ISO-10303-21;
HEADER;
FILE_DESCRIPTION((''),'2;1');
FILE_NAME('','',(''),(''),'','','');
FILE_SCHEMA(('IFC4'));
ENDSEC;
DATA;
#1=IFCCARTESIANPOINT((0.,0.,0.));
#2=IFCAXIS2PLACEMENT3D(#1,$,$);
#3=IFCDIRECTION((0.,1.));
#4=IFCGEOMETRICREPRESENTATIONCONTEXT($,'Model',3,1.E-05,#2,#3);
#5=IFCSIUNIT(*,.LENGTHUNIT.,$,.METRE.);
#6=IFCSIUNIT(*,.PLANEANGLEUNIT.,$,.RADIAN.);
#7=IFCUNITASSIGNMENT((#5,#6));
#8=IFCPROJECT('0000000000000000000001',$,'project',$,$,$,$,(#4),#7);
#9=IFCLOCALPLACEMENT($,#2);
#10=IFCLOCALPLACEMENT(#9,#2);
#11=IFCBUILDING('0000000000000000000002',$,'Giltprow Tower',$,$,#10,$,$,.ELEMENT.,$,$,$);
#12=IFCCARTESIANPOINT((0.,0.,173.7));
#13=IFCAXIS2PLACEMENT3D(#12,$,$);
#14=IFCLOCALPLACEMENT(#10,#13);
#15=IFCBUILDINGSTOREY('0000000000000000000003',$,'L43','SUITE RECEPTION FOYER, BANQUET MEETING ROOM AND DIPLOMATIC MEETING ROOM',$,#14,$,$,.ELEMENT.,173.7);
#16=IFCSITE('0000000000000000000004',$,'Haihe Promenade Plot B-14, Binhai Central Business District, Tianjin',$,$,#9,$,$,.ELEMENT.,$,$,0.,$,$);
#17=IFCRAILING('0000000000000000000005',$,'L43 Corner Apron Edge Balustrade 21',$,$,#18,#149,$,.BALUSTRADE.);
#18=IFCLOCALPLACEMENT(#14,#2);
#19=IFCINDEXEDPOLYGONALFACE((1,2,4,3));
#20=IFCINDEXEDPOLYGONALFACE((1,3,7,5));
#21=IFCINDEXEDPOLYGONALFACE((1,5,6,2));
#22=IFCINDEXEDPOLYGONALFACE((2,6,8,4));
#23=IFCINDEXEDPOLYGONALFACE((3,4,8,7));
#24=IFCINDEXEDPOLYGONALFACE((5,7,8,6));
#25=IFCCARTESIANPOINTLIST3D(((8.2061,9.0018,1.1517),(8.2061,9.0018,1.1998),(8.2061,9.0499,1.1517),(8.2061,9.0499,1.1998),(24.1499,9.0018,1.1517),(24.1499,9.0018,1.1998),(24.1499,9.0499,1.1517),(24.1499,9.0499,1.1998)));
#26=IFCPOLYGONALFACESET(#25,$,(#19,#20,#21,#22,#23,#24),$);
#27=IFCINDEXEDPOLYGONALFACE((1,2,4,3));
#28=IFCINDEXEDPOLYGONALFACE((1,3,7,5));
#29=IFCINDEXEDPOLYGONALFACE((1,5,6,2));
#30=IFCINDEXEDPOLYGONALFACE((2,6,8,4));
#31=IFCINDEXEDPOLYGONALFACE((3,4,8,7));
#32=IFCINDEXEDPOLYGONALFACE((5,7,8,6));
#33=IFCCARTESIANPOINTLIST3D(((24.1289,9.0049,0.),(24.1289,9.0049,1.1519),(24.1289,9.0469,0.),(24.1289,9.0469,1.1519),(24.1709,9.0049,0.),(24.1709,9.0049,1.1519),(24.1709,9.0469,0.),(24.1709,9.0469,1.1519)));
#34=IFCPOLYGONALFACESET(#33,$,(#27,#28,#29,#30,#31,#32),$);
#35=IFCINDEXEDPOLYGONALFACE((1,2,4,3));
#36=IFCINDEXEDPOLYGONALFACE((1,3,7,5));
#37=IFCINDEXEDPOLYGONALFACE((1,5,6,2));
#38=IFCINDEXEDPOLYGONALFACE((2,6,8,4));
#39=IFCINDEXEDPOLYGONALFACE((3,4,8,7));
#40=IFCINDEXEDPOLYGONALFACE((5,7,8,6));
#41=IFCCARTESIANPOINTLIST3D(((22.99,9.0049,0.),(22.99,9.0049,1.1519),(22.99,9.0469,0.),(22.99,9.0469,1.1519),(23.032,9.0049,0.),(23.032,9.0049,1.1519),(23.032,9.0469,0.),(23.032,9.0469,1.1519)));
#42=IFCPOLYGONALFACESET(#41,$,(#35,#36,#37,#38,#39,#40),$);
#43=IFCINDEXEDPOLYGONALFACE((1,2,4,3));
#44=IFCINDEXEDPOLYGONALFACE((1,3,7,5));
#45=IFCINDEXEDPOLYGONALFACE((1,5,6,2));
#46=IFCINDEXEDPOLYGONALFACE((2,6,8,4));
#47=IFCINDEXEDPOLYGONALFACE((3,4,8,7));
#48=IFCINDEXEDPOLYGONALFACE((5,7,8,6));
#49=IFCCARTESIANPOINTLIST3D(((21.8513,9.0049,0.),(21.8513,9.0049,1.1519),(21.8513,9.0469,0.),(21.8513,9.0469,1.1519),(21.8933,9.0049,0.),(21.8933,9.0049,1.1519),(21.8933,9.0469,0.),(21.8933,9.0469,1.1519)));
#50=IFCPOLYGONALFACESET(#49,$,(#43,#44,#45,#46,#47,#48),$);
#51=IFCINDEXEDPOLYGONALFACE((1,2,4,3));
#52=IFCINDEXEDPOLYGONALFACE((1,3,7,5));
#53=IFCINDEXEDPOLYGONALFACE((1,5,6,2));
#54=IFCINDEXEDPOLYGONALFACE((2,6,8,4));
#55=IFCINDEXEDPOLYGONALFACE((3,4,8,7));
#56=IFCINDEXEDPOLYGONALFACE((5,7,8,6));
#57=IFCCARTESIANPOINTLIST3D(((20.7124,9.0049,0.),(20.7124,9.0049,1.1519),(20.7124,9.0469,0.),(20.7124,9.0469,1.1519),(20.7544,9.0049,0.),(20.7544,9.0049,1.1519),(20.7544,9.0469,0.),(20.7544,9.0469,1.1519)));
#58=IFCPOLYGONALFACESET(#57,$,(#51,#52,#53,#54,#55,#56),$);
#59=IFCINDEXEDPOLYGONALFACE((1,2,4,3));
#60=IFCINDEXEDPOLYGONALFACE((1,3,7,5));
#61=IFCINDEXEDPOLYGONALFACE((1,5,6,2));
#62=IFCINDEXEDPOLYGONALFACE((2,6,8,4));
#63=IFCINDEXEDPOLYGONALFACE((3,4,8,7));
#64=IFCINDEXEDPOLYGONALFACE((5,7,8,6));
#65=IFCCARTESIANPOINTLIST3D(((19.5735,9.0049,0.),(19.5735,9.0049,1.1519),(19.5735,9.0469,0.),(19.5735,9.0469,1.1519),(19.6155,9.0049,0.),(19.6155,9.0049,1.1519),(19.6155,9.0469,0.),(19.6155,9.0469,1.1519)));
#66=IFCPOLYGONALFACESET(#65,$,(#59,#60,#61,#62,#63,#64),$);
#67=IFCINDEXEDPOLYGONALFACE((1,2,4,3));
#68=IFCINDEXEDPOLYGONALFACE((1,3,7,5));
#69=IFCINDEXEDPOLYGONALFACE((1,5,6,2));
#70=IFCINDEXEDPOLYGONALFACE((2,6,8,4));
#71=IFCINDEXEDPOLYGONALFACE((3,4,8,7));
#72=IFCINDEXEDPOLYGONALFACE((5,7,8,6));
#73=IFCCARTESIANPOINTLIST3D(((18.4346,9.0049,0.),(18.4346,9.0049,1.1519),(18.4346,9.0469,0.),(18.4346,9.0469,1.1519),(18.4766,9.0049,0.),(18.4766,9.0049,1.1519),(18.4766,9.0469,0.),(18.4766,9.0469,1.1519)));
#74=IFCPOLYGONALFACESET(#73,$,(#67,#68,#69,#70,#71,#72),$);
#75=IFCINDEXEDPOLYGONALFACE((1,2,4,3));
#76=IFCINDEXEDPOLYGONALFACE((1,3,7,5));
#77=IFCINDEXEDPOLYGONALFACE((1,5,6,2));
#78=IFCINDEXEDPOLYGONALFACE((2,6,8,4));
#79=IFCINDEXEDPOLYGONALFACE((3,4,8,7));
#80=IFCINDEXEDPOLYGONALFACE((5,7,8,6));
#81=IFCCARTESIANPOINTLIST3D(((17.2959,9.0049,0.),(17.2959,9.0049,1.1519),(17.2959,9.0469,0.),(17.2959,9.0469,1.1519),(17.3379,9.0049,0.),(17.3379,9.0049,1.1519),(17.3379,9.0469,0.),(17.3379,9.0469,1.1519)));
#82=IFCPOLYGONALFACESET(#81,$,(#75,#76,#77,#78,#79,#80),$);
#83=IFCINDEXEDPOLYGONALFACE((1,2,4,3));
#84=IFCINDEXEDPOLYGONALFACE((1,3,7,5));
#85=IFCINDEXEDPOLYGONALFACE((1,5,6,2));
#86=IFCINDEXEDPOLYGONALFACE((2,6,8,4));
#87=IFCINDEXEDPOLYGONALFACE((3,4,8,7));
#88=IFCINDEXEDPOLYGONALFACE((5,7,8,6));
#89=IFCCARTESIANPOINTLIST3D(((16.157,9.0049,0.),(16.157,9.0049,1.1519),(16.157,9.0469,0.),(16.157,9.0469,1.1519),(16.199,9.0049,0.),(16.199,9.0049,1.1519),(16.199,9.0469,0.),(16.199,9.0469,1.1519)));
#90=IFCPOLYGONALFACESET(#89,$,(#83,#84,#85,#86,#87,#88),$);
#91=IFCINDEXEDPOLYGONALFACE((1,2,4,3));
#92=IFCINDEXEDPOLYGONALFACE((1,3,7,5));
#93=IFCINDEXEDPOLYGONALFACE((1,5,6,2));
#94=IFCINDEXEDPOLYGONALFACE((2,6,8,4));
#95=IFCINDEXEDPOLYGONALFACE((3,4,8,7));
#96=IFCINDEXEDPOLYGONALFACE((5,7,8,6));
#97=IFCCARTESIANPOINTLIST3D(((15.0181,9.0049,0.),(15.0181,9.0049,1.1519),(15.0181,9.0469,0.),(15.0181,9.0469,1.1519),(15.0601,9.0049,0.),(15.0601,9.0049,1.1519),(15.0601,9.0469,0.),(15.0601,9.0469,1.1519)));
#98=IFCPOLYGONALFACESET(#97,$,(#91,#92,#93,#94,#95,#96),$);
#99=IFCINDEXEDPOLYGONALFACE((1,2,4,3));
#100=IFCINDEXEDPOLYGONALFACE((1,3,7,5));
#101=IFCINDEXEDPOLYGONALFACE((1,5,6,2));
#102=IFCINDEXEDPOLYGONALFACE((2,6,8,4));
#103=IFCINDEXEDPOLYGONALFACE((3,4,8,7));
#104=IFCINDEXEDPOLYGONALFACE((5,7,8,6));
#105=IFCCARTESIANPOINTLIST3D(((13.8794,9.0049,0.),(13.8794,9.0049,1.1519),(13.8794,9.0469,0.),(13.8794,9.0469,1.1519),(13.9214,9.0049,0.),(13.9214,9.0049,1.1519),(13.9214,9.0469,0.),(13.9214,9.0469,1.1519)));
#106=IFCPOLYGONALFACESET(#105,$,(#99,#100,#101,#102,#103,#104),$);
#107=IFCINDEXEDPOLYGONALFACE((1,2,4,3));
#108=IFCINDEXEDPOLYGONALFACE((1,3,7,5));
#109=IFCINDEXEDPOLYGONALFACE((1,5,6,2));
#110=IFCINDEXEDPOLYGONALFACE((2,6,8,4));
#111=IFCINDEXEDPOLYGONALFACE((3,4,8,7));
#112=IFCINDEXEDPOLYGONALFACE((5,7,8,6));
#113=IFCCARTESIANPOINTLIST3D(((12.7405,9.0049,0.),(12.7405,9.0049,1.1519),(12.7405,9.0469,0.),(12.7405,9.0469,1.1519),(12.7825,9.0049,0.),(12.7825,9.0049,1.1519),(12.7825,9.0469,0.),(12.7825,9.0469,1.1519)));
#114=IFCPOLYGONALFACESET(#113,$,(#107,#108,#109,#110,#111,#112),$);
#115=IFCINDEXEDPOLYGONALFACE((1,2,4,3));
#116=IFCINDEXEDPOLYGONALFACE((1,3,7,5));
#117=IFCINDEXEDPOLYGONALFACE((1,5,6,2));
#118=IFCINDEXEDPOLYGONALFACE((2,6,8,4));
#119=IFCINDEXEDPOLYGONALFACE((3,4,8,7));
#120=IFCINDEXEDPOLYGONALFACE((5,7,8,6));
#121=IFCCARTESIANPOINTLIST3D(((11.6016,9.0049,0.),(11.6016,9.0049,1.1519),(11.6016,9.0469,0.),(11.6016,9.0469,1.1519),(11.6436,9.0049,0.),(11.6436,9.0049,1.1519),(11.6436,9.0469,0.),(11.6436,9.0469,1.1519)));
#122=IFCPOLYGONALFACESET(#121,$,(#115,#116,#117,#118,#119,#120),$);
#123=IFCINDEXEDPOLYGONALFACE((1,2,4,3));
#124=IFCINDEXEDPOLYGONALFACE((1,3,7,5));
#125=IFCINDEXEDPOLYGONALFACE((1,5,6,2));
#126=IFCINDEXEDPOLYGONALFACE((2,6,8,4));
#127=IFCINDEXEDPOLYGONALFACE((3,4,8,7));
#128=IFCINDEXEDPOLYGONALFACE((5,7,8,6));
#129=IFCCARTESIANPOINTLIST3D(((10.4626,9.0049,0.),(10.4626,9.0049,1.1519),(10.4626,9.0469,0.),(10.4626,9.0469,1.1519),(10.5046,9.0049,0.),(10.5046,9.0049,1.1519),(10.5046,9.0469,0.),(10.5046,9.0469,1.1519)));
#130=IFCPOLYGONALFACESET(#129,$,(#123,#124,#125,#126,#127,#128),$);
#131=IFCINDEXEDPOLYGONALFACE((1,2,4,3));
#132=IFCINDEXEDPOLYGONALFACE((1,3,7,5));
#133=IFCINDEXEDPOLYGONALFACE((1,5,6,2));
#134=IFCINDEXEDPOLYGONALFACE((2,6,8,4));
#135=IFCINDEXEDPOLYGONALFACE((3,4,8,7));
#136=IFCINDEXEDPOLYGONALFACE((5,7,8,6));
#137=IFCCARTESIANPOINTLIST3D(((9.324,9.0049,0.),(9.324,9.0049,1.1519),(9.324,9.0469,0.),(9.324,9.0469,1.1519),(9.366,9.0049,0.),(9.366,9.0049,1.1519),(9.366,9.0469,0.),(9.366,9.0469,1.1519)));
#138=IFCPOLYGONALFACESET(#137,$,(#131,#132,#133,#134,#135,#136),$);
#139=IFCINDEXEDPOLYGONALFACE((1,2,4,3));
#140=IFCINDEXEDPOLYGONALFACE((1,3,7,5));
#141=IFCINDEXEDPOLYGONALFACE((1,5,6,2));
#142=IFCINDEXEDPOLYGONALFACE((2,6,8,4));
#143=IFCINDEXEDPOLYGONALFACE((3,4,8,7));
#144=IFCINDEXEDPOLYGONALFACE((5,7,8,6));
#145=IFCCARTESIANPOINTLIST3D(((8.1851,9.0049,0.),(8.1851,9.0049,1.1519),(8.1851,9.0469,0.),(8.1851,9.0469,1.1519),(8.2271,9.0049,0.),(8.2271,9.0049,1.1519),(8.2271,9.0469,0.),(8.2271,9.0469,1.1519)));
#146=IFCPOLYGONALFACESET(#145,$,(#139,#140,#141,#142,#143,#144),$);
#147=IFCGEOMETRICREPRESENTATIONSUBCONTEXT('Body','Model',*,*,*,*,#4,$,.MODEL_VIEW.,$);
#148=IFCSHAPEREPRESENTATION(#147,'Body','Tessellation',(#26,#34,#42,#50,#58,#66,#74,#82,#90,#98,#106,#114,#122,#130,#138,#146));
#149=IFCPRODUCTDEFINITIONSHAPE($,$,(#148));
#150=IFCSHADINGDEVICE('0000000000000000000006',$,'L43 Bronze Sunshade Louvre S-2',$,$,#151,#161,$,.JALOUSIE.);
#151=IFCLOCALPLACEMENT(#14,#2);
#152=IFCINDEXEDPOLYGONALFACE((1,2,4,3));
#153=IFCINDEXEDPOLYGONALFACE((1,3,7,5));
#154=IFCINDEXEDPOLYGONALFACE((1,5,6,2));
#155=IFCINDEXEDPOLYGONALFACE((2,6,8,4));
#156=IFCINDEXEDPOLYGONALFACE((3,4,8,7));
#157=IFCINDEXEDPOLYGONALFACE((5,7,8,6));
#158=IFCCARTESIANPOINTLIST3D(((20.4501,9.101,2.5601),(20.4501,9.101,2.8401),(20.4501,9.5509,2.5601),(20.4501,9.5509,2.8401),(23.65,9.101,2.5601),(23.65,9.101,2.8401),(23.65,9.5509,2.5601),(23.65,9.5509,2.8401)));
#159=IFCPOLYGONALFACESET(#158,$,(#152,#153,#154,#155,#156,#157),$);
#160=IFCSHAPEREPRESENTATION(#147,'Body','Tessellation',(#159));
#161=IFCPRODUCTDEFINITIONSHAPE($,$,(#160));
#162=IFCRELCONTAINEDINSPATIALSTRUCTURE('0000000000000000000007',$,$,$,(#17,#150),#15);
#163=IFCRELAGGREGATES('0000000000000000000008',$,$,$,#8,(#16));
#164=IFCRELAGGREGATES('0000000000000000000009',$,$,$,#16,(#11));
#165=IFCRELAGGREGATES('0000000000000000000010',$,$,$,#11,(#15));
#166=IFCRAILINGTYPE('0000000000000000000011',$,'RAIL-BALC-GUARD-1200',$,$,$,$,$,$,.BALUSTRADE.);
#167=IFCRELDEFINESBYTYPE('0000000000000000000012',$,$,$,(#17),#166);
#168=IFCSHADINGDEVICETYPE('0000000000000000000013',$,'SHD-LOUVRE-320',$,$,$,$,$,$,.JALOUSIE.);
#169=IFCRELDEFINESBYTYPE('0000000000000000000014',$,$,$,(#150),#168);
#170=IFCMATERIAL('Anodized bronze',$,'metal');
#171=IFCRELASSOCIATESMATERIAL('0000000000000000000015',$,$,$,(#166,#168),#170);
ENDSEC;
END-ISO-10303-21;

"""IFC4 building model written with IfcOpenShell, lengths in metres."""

from ifc_helpers import new_model, si_unit, direction, frame, origin, origin_2d, place, context, subcontext, project, spatial, rectangle, extrude, source, transform, mapped, material, type_object, element, save


model = new_model("IFC4")

# Units and contexts
model_context = context("Model", 3, precision=1e-05, world=origin(), true_north=direction((0.0, 1.0)))
body_context = subcontext(model_context, "Body", "Model", "MODEL_VIEW")
ifc_project = project(units=[si_unit("LENGTHUNIT", "METRE"), si_unit("PLANEANGLEUNIT", "RADIAN")], contexts=[model_context])

# Site, building, storey
site_placement = place(None, origin())
site = spatial("IfcSite", under=ifc_project, at=site_placement, Name="Haihe Promenade Plot B-14, Binhai Central Business District, Tianjin", CompositionType="ELEMENT", RefElevation=0.0)
building_placement = place(site_placement, origin())
building = spatial("IfcBuilding", under=site, at=building_placement, Name="Giltprow Tower", CompositionType="ELEMENT")
storey_placement = place(building_placement, frame((0.0, 0.0, 173.7)))
storey = spatial("IfcBuildingStorey", under=building, at=storey_placement, Name="L43", Description="SUITE RECEPTION FOYER, BANQUET MEETING ROOM AND DIPLOMATIC MEETING ROOM", CompositionType="ELEMENT", Elevation=173.7)

# Railing
ifc_material_1 = material(Name="Anodized bronze", Category="metal")
railing_type = type_object("IfcRailingType", Name="RAIL-BALC-GUARD-1200", PredefinedType="BALUSTRADE", material=ifc_material_1)
railing_1_placement = place(storey_placement, frame((24.1499, 9.0259, 0.0)))
element("IfcRailing", 1, at=railing_1_placement, inside=storey, type_object=railing_type, Name="L43 Corner Apron Edge Balustrade 21", PredefinedType="BALUSTRADE", context=body_context, shape_type="SweptSolid", body=[
    extrude(rectangle(XDim=0.0481, YDim=0.0481, at=origin_2d()), frame((0.0, 0.0, 1.1758), z_axis=(-1.0, 0.0, 0.0), x_axis=(0.0, -1.0, 0.0)), (0.0, 0.0, 1.0), 15.9438),
    extrude(rectangle(XDim=0.042, YDim=0.042, at=origin_2d()), origin(), (0.0, 0.0, 1.0), 1.1519),
    extrude(rectangle(XDim=0.042, YDim=0.042, at=origin_2d()), frame((-1.1389, 0.0, 0.0)), (0.0, 0.0, 1.0), 1.1519),
    extrude(rectangle(XDim=0.042, YDim=0.042, at=origin_2d()), frame((-2.2776, 0.0, 0.0)), (0.0, 0.0, 1.0), 1.1519),
    extrude(rectangle(XDim=0.042, YDim=0.042, at=origin_2d()), frame((-3.4165, 0.0, 0.0)), (0.0, 0.0, 1.0), 1.1519),
    extrude(rectangle(XDim=0.042, YDim=0.042, at=origin_2d()), frame((-4.5554, 0.0, 0.0)), (0.0, 0.0, 1.0), 1.1519),
    extrude(rectangle(XDim=0.042, YDim=0.042, at=origin_2d()), frame((-5.6943, 0.0, 0.0)), (0.0, 0.0, 1.0), 1.1519),
    extrude(rectangle(XDim=0.042, YDim=0.042, at=origin_2d()), frame((-6.833, 0.0, 0.0)), (0.0, 0.0, 1.0), 1.1519),
    extrude(rectangle(XDim=0.042, YDim=0.042, at=origin_2d()), frame((-7.9719, 0.0, 0.0)), (0.0, 0.0, 1.0), 1.1519),
    extrude(rectangle(XDim=0.042, YDim=0.042, at=origin_2d()), frame((-9.1108, 0.0, 0.0)), (0.0, 0.0, 1.0), 1.1519),
    extrude(rectangle(XDim=0.042, YDim=0.042, at=origin_2d()), frame((-10.2495, 0.0, 0.0)), (0.0, 0.0, 1.0), 1.1519),
    extrude(rectangle(XDim=0.042, YDim=0.042, at=origin_2d()), frame((-11.3884, 0.0, 0.0)), (0.0, 0.0, 1.0), 1.1519),
    extrude(rectangle(XDim=0.042, YDim=0.042, at=origin_2d()), frame((-12.5273, 0.0, 0.0)), (0.0, 0.0, 1.0), 1.1519),
    extrude(rectangle(XDim=0.042, YDim=0.042, at=origin_2d()), frame((-13.6663, 0.0, 0.0)), (0.0, 0.0, 1.0), 1.1519),
    extrude(rectangle(XDim=0.042, YDim=0.042, at=origin_2d()), frame((-14.8049, 0.0, 0.0)), (0.0, 0.0, 1.0), 1.1519),
    extrude(rectangle(XDim=0.042, YDim=0.042, at=origin_2d()), frame((-15.9438, 0.0, 0.0)), (0.0, 0.0, 1.0), 1.1519),
])

# Shading device
shading_device_type = type_object("IfcShadingDeviceType", Name="SHD-LOUVRE-320", PredefinedType="JALOUSIE", material=ifc_material_1)
shared_shape_1 = source(origin(), body_context, "Body", "SweptSolid", [
    extrude(rectangle(XDim=3.2, YDim=0.45, at=origin_2d()), origin(), (0.0, 0.0, 1.0), 0.28),
])
shading_device_placement = place(storey_placement, frame((22.05, 9.3259, 2.5601), z_axis=(0.0, 0.0, 1.0), x_axis=(1.0, 0.0, 0.0)))
element("IfcShadingDevice", 2, at=shading_device_placement, inside=storey, type_object=shading_device_type, Name="L43 Bronze Sunshade Louvre S-2", PredefinedType="JALOUSIE", context=body_context, shape_type="MappedRepresentation", body=[
    mapped(shared_shape_1, transform((0.0, 0.0, 0.0), x_axis=(1.0, 0.0, 0.0), y_axis=(0.0, 1.0, 0.0), z_axis=(0.0, 0.0, 1.0), scale=1.0)),
])

save(model, "model.ifc")
